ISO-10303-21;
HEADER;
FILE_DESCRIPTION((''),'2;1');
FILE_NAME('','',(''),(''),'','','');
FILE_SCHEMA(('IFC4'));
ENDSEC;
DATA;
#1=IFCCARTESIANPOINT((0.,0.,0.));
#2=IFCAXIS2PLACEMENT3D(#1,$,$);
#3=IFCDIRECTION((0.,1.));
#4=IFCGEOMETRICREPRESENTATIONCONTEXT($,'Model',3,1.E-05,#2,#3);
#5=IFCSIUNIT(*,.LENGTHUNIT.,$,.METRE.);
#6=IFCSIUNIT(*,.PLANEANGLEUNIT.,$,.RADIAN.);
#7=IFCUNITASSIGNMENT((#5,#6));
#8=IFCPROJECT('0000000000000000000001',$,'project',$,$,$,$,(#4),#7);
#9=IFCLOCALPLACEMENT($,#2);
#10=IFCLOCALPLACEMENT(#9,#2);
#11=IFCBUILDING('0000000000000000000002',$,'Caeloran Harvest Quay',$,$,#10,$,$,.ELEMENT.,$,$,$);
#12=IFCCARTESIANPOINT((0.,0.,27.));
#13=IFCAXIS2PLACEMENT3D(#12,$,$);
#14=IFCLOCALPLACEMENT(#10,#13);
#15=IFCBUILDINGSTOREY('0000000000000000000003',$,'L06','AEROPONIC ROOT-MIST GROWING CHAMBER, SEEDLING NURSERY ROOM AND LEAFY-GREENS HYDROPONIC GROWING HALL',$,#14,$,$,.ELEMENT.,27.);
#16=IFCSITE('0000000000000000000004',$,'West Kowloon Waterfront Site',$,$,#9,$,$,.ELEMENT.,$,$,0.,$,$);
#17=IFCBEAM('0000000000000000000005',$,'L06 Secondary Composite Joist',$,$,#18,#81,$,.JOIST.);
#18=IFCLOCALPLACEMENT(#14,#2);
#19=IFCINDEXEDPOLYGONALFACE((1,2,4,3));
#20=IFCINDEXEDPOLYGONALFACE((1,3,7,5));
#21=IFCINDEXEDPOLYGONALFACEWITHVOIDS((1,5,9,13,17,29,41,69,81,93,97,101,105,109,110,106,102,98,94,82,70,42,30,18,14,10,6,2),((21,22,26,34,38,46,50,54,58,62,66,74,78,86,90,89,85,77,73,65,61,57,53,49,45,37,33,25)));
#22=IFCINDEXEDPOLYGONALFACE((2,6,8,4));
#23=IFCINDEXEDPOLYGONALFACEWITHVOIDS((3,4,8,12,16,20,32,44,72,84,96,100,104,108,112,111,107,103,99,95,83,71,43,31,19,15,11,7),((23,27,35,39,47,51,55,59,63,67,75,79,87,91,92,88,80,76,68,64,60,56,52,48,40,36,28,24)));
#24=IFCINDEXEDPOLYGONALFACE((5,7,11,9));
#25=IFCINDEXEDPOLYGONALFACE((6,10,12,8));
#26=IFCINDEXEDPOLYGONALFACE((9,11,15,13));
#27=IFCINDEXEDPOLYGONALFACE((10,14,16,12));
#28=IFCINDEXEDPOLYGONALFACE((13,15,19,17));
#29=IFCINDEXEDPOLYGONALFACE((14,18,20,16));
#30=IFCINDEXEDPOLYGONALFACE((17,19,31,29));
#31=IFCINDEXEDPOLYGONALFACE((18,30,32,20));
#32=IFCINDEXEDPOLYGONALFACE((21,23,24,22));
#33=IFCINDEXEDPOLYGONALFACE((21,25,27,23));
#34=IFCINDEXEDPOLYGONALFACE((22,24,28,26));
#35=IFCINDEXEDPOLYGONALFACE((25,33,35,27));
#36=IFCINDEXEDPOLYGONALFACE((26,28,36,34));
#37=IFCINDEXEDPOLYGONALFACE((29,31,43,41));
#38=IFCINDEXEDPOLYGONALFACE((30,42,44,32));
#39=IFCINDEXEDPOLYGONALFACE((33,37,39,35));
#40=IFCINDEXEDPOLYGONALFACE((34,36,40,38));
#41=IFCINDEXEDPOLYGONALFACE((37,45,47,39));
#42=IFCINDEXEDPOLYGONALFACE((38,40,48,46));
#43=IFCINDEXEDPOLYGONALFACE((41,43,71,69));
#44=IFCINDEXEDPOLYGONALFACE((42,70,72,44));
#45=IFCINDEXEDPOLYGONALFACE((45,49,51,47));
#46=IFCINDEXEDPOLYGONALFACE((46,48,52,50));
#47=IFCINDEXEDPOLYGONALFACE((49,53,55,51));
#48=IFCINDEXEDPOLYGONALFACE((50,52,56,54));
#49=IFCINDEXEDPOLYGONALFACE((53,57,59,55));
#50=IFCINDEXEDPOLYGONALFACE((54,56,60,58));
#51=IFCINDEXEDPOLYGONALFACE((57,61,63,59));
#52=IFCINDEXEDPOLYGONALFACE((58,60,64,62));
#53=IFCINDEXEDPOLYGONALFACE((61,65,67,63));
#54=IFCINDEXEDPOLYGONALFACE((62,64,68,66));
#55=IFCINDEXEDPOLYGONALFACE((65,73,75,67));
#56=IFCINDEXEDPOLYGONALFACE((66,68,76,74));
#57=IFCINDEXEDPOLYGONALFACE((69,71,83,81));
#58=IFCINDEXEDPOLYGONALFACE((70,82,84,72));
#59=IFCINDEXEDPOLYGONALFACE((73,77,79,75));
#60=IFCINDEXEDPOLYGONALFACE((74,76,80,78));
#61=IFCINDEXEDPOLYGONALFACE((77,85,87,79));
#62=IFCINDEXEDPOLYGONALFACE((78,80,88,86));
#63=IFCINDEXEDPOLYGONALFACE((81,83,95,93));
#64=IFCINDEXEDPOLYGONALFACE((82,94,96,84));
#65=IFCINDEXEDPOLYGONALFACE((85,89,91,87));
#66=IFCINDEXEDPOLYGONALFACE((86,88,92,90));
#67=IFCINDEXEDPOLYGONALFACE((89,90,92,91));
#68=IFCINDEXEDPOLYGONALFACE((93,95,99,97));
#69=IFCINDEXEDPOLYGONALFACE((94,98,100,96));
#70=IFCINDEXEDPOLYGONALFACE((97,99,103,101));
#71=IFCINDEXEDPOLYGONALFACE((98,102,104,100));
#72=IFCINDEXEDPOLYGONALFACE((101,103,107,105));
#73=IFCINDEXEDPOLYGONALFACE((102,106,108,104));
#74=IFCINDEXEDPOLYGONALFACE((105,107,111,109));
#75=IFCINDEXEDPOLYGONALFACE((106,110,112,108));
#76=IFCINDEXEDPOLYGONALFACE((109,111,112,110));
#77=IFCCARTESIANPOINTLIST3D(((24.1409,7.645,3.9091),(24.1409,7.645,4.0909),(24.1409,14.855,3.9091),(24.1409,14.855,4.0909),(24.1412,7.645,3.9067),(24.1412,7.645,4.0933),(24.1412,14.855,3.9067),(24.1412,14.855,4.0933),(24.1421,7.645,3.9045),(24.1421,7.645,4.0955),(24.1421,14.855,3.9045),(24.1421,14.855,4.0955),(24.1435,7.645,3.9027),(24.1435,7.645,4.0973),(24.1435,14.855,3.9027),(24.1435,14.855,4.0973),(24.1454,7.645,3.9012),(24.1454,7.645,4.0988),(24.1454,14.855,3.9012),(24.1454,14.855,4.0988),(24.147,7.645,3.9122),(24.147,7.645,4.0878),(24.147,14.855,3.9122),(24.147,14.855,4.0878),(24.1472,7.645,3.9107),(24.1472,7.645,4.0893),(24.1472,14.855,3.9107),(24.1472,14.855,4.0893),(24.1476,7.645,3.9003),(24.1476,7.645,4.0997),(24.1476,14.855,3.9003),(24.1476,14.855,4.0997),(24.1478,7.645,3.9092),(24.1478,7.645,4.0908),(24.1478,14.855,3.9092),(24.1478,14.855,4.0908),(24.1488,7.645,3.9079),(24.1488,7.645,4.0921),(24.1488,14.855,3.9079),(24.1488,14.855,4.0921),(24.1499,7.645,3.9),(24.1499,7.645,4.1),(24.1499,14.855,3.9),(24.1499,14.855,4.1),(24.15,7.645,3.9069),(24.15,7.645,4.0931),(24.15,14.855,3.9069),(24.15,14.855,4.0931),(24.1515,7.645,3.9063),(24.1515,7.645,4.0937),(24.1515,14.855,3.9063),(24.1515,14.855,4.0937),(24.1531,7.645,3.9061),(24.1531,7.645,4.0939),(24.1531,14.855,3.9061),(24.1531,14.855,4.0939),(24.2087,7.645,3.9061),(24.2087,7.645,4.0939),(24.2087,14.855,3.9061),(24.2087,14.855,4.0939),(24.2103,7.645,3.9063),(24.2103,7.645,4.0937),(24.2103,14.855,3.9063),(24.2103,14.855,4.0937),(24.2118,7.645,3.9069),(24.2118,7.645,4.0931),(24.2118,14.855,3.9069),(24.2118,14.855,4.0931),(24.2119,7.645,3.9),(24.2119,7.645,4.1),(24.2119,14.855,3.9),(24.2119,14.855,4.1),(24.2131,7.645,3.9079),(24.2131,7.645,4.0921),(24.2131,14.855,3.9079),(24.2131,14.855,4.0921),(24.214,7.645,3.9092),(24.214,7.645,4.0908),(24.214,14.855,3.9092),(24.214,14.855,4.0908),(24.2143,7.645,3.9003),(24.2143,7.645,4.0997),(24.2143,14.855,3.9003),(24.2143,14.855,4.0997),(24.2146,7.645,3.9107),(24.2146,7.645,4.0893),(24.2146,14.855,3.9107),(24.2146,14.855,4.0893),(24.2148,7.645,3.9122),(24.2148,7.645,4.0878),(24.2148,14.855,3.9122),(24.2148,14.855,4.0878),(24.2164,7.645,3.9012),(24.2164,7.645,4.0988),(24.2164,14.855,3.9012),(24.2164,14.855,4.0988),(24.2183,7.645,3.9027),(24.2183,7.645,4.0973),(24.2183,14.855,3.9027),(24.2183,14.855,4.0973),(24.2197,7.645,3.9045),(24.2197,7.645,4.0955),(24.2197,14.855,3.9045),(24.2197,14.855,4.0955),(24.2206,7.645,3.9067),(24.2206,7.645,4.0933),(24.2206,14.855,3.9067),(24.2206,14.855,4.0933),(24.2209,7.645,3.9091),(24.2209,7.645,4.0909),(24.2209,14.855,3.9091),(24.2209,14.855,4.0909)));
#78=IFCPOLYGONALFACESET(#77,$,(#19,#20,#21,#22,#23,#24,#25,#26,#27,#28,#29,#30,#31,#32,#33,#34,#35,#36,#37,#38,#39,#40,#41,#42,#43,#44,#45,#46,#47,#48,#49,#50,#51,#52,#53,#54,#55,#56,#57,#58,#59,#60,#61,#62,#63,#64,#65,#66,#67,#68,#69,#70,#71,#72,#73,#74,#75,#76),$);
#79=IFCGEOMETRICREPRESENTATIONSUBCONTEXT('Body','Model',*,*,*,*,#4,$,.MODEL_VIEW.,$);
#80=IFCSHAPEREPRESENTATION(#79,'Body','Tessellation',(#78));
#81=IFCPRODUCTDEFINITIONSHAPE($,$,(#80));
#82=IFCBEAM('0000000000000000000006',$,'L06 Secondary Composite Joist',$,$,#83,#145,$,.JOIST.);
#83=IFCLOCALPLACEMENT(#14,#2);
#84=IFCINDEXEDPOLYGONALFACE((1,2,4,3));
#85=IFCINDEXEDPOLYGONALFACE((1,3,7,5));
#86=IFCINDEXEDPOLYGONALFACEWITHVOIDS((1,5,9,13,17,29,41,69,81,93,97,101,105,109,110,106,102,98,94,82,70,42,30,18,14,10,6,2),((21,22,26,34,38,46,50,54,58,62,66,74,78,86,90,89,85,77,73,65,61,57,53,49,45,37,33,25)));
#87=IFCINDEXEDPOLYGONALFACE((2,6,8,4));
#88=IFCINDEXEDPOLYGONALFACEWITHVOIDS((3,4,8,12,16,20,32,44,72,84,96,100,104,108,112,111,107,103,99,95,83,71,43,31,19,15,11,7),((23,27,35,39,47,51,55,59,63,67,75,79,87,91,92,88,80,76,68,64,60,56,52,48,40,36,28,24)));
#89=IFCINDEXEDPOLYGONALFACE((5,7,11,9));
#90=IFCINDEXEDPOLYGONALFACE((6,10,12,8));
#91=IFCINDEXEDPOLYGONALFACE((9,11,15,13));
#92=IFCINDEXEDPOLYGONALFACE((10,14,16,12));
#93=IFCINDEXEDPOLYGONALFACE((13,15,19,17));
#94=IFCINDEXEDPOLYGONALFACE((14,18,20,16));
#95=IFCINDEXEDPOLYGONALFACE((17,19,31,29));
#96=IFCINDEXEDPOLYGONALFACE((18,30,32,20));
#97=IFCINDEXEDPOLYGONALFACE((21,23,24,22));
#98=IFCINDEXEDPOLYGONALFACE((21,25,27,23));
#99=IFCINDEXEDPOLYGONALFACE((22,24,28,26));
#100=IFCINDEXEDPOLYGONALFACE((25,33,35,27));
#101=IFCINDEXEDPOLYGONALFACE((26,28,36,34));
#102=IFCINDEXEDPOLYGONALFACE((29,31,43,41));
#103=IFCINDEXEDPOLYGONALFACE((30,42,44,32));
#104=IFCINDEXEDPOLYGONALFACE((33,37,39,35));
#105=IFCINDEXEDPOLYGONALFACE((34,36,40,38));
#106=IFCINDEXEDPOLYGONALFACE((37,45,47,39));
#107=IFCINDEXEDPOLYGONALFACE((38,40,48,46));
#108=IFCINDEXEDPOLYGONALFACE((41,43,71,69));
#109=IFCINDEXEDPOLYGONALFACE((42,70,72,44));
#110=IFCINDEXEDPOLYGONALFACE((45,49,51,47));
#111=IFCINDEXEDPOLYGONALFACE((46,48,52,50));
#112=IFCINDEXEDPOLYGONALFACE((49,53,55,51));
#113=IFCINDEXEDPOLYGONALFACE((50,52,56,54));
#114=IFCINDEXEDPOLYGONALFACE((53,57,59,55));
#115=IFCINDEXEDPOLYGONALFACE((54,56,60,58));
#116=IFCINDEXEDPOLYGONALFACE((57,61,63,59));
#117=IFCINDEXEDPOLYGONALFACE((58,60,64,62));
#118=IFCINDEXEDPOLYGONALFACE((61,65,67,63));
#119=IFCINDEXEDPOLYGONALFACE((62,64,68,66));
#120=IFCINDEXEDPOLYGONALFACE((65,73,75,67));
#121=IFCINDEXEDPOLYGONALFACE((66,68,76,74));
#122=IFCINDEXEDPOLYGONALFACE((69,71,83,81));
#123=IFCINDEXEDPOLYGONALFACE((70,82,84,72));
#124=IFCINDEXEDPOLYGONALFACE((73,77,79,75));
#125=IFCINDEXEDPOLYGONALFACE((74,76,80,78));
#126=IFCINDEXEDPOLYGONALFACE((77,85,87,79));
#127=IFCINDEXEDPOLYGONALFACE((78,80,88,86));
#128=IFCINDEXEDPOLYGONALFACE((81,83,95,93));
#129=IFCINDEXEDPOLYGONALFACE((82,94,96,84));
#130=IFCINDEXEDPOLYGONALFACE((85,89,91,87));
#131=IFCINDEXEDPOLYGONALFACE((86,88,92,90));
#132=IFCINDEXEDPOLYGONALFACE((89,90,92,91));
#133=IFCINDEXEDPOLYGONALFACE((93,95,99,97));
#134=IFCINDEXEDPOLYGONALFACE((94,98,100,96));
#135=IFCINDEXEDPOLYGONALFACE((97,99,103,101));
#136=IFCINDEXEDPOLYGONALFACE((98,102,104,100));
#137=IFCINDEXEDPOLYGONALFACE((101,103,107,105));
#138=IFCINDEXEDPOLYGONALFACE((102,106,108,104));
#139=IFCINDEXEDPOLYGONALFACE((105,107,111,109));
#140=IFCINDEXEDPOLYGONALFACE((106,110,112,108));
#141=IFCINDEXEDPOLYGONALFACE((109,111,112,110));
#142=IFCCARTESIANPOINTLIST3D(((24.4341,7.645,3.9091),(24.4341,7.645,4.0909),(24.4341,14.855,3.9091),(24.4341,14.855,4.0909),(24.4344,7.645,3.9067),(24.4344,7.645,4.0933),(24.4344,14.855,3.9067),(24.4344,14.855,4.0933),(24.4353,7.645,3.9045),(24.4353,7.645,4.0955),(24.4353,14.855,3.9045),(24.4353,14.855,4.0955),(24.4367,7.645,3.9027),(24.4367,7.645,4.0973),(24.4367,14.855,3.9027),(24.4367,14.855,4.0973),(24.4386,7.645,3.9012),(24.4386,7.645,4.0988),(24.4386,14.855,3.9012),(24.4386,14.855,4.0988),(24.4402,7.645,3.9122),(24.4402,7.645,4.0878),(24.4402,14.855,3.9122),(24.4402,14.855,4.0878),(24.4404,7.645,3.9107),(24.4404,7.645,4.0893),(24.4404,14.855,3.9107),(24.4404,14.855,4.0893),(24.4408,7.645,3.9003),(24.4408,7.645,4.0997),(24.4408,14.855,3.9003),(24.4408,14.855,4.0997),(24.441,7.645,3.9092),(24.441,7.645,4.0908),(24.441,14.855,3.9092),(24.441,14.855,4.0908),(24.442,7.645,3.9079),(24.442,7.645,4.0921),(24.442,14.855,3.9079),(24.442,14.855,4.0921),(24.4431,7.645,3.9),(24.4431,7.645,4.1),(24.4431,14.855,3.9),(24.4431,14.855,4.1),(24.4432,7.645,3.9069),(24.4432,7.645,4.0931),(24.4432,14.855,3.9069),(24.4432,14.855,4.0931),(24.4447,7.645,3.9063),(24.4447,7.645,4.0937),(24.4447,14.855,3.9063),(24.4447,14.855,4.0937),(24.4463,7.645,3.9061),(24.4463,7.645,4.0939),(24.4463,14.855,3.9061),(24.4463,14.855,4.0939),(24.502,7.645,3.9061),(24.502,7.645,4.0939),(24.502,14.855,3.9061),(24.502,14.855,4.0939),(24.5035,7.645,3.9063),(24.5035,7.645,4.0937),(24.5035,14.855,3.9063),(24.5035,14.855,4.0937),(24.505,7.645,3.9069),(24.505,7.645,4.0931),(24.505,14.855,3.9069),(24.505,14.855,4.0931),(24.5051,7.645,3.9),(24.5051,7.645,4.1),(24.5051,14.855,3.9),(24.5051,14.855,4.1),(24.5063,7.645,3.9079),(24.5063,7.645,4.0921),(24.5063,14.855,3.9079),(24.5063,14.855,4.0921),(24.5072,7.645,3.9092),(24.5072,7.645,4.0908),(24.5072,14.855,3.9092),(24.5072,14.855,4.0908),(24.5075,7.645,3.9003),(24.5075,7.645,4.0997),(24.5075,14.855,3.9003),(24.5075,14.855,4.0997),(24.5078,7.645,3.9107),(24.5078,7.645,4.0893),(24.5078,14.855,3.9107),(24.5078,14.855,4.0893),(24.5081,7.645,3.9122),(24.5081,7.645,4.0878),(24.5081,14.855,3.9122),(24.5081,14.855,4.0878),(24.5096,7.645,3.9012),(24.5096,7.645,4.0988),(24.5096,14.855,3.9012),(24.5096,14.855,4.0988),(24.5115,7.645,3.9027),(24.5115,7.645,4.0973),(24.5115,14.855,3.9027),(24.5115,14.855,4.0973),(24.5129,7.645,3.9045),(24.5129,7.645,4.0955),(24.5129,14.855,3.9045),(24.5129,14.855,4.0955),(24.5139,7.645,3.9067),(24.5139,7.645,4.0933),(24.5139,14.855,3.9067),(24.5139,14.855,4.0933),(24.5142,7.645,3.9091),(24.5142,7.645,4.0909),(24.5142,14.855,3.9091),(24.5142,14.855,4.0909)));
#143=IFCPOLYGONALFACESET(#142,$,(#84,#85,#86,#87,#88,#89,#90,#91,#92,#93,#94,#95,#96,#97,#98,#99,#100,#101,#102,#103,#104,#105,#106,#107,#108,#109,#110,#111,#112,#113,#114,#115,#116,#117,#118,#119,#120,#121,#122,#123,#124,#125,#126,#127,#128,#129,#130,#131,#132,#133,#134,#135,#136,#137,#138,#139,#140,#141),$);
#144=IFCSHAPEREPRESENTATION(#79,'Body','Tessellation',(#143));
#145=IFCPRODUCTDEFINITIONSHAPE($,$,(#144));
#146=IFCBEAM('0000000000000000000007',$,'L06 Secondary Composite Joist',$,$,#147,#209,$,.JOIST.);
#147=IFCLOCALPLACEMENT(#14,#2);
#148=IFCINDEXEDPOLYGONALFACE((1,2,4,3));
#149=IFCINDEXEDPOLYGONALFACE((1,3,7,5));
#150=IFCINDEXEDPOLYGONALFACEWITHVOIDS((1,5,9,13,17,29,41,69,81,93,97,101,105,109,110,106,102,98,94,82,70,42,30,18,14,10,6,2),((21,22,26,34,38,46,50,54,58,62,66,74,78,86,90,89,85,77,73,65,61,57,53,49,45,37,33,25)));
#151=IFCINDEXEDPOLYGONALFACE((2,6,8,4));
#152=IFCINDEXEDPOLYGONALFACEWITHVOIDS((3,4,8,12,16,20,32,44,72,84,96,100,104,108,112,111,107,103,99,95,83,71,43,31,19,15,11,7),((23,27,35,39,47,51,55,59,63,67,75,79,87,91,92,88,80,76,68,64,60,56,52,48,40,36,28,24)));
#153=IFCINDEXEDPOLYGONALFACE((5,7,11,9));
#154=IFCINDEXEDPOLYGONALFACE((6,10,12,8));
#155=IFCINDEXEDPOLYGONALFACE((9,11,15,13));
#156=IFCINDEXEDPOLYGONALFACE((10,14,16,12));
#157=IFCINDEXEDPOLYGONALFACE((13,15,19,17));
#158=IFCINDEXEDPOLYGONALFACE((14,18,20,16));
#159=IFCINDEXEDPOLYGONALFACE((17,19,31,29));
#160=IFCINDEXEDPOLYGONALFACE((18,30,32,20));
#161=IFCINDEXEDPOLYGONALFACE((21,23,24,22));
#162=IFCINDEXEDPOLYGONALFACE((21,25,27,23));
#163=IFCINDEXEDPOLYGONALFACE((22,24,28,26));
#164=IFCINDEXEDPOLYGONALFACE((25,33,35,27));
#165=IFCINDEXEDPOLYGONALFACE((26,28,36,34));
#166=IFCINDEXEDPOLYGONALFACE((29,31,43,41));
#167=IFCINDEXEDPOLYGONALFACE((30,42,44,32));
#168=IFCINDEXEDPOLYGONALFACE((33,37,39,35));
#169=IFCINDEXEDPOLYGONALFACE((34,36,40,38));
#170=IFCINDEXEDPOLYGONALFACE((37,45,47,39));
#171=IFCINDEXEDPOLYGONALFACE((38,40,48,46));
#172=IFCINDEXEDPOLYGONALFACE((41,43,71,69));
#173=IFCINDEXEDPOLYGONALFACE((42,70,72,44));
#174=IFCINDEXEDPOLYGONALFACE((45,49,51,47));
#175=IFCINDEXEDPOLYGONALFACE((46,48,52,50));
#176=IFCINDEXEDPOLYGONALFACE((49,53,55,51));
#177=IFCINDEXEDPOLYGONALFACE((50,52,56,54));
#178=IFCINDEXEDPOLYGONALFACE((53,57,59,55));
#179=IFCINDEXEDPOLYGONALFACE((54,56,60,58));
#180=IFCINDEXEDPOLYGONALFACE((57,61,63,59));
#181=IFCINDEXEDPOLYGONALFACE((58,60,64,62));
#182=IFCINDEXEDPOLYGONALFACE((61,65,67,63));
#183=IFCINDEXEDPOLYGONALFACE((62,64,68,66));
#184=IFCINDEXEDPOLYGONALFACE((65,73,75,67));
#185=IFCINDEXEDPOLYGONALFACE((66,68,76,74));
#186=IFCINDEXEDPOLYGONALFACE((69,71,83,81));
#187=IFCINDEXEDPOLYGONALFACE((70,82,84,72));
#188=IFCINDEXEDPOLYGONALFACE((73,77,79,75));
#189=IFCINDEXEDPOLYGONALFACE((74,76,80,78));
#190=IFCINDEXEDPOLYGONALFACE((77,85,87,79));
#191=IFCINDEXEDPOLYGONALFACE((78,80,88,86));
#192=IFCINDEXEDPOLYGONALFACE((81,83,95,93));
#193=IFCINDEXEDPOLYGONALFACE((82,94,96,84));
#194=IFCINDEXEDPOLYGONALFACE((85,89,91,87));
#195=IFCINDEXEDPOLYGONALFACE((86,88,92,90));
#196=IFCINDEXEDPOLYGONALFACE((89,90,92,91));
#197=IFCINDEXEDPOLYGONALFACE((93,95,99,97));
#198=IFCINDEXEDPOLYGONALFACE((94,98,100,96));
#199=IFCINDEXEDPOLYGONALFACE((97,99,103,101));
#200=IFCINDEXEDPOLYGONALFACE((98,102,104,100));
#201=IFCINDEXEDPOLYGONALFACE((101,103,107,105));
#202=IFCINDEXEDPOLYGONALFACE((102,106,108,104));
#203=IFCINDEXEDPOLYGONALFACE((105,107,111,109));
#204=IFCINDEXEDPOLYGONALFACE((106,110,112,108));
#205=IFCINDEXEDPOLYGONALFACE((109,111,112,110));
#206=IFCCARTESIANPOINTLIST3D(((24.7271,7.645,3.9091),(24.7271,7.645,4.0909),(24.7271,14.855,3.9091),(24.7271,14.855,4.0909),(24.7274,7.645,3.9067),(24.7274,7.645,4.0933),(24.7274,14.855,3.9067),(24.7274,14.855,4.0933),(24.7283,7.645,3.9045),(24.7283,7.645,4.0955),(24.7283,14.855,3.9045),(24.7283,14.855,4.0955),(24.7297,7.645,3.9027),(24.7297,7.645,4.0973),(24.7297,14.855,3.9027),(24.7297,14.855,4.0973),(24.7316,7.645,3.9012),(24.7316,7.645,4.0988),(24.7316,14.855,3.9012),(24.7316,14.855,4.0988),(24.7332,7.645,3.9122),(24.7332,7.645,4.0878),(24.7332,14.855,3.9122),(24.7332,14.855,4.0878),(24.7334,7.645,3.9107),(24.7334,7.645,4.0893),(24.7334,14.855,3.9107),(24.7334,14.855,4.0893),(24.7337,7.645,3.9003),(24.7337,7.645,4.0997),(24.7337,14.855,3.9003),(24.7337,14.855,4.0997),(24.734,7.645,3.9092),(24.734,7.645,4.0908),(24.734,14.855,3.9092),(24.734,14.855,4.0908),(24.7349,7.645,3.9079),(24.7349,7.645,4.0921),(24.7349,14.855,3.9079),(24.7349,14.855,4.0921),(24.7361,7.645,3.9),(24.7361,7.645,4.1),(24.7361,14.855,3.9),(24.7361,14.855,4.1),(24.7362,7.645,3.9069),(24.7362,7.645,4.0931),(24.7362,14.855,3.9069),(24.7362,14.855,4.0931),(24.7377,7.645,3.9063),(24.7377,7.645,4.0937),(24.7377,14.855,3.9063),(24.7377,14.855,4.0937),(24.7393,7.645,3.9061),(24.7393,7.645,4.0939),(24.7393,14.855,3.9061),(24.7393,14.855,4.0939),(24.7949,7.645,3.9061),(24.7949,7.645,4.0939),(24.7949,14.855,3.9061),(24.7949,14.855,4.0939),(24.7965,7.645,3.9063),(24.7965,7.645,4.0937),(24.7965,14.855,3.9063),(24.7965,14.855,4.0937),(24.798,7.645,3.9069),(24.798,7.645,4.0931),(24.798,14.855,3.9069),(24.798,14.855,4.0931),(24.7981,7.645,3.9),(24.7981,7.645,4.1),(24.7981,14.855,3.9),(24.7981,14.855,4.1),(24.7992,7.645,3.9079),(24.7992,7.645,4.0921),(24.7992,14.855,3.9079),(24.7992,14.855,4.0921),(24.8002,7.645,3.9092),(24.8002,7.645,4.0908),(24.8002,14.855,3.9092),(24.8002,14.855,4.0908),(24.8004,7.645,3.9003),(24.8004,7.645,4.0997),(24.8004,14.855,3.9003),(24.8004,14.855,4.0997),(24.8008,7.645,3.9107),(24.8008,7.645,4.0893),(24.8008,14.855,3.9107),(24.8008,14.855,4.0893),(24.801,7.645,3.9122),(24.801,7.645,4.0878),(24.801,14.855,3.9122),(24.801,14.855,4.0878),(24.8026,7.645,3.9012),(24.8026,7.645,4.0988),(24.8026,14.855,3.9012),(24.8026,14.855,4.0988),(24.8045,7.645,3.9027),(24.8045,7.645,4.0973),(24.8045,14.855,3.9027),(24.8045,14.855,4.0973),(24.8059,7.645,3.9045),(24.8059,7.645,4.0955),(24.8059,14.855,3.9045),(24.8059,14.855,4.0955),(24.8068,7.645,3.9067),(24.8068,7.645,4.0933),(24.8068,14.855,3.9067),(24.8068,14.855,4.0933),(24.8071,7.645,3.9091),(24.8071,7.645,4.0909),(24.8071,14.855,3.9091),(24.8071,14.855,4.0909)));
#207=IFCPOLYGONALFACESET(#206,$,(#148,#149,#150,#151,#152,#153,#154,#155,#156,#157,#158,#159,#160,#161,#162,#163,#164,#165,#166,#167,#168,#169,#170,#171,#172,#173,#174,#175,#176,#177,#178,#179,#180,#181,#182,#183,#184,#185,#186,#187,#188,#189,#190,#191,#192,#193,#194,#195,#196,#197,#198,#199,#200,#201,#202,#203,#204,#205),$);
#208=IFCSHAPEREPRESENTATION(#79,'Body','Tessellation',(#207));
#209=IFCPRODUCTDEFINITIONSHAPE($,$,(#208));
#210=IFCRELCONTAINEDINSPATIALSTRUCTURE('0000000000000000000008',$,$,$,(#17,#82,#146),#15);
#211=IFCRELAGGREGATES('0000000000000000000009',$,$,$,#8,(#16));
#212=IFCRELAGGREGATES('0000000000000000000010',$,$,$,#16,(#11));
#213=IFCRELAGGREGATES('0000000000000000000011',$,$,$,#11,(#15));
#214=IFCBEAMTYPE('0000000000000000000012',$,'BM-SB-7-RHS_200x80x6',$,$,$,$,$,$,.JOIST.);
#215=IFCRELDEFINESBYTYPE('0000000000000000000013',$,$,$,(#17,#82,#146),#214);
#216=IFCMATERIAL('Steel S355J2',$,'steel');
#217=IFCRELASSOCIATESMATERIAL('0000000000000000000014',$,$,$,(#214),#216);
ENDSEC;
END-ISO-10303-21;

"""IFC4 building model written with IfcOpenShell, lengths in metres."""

from ifc_helpers import new_model, si_unit, direction, frame, origin, origin_2d, place, context, subcontext, project, spatial, hollow_rectangle, extrude, material, material_profile, profile_set, type_object, element, save


model = new_model("IFC4")

# Units and contexts
model_context = context("Model", 3, precision=1e-05, world=origin(), true_north=direction((0.0, 1.0)))
body_context = subcontext(model_context, "Body", "Model", "MODEL_VIEW")
ifc_project = project(units=[si_unit("LENGTHUNIT", "METRE"), si_unit("PLANEANGLEUNIT", "RADIAN")], contexts=[model_context])

# Site, building, storey
site_placement = place(None, origin())
site = spatial("IfcSite", under=ifc_project, at=site_placement, Name="West Kowloon Waterfront Site", CompositionType="ELEMENT", RefElevation=0.0)
building_placement = place(site_placement, origin())
building = spatial("IfcBuilding", under=site, at=building_placement, Name="Caeloran Harvest Quay", CompositionType="ELEMENT")
storey_placement = place(building_placement, frame((0.0, 0.0, 27.0)))
storey = spatial("IfcBuildingStorey", under=building, at=storey_placement, Name="L06", Description="AEROPONIC ROOT-MIST GROWING CHAMBER, SEEDLING NURSERY ROOM AND LEAFY-GREENS HYDROPONIC GROWING HALL", CompositionType="ELEMENT", Elevation=27.0)

# Beams
ifc_material_1 = material(Name="Steel S355J2", Category="steel")
ifc_material_profile_1 = material_profile(ifc_material_1, hollow_rectangle(XDim=0.0801, YDim=0.2, WallThickness=0.0061, InnerFilletRadius=0.0061, OuterFilletRadius=0.009, at=origin_2d()), Name="RHS 200x80x6")
ifc_profile_set_1 = profile_set([ifc_material_profile_1], Name="Steel S355J2")
beam_type_1 = type_object("IfcBeamType", Name="BM-SB-7-RHS_200x80x6", PredefinedType="JOIST", material=ifc_profile_set_1)
for number, where, z_axis, x_axis, name in (
    (1, (24.1809, 7.645, 4.0), (0.0, 1.0, 0.0), (-1.0, 0.0, 0.0), "L06 Secondary Composite Joist"),
    (2, (24.4741, 7.645, 4.0), (0.0, 1.0, 0.0), (-1.0, 0.0, 0.0), "L06 Secondary Composite Joist"),
    (3, (24.7671, 7.645, 4.0), (0.0, 1.0, 0.0), (-1.0, 0.0, 0.0), "L06 Secondary Composite Joist"),
):
    element("IfcBeam", number, at=place(storey_placement, frame(where, z_axis=z_axis, x_axis=x_axis)), inside=storey, type_object=beam_type_1, Name=name, PredefinedType="JOIST", context=body_context, shape_type="SweptSolid", body=[
        extrude(hollow_rectangle(XDim=0.0801, YDim=0.2, WallThickness=0.0061, InnerFilletRadius=0.0061, OuterFilletRadius=0.009, at=origin_2d()), origin(), (0.0, 0.0, 1.0), 7.21),
    ])

save(model, "model.ifc")
